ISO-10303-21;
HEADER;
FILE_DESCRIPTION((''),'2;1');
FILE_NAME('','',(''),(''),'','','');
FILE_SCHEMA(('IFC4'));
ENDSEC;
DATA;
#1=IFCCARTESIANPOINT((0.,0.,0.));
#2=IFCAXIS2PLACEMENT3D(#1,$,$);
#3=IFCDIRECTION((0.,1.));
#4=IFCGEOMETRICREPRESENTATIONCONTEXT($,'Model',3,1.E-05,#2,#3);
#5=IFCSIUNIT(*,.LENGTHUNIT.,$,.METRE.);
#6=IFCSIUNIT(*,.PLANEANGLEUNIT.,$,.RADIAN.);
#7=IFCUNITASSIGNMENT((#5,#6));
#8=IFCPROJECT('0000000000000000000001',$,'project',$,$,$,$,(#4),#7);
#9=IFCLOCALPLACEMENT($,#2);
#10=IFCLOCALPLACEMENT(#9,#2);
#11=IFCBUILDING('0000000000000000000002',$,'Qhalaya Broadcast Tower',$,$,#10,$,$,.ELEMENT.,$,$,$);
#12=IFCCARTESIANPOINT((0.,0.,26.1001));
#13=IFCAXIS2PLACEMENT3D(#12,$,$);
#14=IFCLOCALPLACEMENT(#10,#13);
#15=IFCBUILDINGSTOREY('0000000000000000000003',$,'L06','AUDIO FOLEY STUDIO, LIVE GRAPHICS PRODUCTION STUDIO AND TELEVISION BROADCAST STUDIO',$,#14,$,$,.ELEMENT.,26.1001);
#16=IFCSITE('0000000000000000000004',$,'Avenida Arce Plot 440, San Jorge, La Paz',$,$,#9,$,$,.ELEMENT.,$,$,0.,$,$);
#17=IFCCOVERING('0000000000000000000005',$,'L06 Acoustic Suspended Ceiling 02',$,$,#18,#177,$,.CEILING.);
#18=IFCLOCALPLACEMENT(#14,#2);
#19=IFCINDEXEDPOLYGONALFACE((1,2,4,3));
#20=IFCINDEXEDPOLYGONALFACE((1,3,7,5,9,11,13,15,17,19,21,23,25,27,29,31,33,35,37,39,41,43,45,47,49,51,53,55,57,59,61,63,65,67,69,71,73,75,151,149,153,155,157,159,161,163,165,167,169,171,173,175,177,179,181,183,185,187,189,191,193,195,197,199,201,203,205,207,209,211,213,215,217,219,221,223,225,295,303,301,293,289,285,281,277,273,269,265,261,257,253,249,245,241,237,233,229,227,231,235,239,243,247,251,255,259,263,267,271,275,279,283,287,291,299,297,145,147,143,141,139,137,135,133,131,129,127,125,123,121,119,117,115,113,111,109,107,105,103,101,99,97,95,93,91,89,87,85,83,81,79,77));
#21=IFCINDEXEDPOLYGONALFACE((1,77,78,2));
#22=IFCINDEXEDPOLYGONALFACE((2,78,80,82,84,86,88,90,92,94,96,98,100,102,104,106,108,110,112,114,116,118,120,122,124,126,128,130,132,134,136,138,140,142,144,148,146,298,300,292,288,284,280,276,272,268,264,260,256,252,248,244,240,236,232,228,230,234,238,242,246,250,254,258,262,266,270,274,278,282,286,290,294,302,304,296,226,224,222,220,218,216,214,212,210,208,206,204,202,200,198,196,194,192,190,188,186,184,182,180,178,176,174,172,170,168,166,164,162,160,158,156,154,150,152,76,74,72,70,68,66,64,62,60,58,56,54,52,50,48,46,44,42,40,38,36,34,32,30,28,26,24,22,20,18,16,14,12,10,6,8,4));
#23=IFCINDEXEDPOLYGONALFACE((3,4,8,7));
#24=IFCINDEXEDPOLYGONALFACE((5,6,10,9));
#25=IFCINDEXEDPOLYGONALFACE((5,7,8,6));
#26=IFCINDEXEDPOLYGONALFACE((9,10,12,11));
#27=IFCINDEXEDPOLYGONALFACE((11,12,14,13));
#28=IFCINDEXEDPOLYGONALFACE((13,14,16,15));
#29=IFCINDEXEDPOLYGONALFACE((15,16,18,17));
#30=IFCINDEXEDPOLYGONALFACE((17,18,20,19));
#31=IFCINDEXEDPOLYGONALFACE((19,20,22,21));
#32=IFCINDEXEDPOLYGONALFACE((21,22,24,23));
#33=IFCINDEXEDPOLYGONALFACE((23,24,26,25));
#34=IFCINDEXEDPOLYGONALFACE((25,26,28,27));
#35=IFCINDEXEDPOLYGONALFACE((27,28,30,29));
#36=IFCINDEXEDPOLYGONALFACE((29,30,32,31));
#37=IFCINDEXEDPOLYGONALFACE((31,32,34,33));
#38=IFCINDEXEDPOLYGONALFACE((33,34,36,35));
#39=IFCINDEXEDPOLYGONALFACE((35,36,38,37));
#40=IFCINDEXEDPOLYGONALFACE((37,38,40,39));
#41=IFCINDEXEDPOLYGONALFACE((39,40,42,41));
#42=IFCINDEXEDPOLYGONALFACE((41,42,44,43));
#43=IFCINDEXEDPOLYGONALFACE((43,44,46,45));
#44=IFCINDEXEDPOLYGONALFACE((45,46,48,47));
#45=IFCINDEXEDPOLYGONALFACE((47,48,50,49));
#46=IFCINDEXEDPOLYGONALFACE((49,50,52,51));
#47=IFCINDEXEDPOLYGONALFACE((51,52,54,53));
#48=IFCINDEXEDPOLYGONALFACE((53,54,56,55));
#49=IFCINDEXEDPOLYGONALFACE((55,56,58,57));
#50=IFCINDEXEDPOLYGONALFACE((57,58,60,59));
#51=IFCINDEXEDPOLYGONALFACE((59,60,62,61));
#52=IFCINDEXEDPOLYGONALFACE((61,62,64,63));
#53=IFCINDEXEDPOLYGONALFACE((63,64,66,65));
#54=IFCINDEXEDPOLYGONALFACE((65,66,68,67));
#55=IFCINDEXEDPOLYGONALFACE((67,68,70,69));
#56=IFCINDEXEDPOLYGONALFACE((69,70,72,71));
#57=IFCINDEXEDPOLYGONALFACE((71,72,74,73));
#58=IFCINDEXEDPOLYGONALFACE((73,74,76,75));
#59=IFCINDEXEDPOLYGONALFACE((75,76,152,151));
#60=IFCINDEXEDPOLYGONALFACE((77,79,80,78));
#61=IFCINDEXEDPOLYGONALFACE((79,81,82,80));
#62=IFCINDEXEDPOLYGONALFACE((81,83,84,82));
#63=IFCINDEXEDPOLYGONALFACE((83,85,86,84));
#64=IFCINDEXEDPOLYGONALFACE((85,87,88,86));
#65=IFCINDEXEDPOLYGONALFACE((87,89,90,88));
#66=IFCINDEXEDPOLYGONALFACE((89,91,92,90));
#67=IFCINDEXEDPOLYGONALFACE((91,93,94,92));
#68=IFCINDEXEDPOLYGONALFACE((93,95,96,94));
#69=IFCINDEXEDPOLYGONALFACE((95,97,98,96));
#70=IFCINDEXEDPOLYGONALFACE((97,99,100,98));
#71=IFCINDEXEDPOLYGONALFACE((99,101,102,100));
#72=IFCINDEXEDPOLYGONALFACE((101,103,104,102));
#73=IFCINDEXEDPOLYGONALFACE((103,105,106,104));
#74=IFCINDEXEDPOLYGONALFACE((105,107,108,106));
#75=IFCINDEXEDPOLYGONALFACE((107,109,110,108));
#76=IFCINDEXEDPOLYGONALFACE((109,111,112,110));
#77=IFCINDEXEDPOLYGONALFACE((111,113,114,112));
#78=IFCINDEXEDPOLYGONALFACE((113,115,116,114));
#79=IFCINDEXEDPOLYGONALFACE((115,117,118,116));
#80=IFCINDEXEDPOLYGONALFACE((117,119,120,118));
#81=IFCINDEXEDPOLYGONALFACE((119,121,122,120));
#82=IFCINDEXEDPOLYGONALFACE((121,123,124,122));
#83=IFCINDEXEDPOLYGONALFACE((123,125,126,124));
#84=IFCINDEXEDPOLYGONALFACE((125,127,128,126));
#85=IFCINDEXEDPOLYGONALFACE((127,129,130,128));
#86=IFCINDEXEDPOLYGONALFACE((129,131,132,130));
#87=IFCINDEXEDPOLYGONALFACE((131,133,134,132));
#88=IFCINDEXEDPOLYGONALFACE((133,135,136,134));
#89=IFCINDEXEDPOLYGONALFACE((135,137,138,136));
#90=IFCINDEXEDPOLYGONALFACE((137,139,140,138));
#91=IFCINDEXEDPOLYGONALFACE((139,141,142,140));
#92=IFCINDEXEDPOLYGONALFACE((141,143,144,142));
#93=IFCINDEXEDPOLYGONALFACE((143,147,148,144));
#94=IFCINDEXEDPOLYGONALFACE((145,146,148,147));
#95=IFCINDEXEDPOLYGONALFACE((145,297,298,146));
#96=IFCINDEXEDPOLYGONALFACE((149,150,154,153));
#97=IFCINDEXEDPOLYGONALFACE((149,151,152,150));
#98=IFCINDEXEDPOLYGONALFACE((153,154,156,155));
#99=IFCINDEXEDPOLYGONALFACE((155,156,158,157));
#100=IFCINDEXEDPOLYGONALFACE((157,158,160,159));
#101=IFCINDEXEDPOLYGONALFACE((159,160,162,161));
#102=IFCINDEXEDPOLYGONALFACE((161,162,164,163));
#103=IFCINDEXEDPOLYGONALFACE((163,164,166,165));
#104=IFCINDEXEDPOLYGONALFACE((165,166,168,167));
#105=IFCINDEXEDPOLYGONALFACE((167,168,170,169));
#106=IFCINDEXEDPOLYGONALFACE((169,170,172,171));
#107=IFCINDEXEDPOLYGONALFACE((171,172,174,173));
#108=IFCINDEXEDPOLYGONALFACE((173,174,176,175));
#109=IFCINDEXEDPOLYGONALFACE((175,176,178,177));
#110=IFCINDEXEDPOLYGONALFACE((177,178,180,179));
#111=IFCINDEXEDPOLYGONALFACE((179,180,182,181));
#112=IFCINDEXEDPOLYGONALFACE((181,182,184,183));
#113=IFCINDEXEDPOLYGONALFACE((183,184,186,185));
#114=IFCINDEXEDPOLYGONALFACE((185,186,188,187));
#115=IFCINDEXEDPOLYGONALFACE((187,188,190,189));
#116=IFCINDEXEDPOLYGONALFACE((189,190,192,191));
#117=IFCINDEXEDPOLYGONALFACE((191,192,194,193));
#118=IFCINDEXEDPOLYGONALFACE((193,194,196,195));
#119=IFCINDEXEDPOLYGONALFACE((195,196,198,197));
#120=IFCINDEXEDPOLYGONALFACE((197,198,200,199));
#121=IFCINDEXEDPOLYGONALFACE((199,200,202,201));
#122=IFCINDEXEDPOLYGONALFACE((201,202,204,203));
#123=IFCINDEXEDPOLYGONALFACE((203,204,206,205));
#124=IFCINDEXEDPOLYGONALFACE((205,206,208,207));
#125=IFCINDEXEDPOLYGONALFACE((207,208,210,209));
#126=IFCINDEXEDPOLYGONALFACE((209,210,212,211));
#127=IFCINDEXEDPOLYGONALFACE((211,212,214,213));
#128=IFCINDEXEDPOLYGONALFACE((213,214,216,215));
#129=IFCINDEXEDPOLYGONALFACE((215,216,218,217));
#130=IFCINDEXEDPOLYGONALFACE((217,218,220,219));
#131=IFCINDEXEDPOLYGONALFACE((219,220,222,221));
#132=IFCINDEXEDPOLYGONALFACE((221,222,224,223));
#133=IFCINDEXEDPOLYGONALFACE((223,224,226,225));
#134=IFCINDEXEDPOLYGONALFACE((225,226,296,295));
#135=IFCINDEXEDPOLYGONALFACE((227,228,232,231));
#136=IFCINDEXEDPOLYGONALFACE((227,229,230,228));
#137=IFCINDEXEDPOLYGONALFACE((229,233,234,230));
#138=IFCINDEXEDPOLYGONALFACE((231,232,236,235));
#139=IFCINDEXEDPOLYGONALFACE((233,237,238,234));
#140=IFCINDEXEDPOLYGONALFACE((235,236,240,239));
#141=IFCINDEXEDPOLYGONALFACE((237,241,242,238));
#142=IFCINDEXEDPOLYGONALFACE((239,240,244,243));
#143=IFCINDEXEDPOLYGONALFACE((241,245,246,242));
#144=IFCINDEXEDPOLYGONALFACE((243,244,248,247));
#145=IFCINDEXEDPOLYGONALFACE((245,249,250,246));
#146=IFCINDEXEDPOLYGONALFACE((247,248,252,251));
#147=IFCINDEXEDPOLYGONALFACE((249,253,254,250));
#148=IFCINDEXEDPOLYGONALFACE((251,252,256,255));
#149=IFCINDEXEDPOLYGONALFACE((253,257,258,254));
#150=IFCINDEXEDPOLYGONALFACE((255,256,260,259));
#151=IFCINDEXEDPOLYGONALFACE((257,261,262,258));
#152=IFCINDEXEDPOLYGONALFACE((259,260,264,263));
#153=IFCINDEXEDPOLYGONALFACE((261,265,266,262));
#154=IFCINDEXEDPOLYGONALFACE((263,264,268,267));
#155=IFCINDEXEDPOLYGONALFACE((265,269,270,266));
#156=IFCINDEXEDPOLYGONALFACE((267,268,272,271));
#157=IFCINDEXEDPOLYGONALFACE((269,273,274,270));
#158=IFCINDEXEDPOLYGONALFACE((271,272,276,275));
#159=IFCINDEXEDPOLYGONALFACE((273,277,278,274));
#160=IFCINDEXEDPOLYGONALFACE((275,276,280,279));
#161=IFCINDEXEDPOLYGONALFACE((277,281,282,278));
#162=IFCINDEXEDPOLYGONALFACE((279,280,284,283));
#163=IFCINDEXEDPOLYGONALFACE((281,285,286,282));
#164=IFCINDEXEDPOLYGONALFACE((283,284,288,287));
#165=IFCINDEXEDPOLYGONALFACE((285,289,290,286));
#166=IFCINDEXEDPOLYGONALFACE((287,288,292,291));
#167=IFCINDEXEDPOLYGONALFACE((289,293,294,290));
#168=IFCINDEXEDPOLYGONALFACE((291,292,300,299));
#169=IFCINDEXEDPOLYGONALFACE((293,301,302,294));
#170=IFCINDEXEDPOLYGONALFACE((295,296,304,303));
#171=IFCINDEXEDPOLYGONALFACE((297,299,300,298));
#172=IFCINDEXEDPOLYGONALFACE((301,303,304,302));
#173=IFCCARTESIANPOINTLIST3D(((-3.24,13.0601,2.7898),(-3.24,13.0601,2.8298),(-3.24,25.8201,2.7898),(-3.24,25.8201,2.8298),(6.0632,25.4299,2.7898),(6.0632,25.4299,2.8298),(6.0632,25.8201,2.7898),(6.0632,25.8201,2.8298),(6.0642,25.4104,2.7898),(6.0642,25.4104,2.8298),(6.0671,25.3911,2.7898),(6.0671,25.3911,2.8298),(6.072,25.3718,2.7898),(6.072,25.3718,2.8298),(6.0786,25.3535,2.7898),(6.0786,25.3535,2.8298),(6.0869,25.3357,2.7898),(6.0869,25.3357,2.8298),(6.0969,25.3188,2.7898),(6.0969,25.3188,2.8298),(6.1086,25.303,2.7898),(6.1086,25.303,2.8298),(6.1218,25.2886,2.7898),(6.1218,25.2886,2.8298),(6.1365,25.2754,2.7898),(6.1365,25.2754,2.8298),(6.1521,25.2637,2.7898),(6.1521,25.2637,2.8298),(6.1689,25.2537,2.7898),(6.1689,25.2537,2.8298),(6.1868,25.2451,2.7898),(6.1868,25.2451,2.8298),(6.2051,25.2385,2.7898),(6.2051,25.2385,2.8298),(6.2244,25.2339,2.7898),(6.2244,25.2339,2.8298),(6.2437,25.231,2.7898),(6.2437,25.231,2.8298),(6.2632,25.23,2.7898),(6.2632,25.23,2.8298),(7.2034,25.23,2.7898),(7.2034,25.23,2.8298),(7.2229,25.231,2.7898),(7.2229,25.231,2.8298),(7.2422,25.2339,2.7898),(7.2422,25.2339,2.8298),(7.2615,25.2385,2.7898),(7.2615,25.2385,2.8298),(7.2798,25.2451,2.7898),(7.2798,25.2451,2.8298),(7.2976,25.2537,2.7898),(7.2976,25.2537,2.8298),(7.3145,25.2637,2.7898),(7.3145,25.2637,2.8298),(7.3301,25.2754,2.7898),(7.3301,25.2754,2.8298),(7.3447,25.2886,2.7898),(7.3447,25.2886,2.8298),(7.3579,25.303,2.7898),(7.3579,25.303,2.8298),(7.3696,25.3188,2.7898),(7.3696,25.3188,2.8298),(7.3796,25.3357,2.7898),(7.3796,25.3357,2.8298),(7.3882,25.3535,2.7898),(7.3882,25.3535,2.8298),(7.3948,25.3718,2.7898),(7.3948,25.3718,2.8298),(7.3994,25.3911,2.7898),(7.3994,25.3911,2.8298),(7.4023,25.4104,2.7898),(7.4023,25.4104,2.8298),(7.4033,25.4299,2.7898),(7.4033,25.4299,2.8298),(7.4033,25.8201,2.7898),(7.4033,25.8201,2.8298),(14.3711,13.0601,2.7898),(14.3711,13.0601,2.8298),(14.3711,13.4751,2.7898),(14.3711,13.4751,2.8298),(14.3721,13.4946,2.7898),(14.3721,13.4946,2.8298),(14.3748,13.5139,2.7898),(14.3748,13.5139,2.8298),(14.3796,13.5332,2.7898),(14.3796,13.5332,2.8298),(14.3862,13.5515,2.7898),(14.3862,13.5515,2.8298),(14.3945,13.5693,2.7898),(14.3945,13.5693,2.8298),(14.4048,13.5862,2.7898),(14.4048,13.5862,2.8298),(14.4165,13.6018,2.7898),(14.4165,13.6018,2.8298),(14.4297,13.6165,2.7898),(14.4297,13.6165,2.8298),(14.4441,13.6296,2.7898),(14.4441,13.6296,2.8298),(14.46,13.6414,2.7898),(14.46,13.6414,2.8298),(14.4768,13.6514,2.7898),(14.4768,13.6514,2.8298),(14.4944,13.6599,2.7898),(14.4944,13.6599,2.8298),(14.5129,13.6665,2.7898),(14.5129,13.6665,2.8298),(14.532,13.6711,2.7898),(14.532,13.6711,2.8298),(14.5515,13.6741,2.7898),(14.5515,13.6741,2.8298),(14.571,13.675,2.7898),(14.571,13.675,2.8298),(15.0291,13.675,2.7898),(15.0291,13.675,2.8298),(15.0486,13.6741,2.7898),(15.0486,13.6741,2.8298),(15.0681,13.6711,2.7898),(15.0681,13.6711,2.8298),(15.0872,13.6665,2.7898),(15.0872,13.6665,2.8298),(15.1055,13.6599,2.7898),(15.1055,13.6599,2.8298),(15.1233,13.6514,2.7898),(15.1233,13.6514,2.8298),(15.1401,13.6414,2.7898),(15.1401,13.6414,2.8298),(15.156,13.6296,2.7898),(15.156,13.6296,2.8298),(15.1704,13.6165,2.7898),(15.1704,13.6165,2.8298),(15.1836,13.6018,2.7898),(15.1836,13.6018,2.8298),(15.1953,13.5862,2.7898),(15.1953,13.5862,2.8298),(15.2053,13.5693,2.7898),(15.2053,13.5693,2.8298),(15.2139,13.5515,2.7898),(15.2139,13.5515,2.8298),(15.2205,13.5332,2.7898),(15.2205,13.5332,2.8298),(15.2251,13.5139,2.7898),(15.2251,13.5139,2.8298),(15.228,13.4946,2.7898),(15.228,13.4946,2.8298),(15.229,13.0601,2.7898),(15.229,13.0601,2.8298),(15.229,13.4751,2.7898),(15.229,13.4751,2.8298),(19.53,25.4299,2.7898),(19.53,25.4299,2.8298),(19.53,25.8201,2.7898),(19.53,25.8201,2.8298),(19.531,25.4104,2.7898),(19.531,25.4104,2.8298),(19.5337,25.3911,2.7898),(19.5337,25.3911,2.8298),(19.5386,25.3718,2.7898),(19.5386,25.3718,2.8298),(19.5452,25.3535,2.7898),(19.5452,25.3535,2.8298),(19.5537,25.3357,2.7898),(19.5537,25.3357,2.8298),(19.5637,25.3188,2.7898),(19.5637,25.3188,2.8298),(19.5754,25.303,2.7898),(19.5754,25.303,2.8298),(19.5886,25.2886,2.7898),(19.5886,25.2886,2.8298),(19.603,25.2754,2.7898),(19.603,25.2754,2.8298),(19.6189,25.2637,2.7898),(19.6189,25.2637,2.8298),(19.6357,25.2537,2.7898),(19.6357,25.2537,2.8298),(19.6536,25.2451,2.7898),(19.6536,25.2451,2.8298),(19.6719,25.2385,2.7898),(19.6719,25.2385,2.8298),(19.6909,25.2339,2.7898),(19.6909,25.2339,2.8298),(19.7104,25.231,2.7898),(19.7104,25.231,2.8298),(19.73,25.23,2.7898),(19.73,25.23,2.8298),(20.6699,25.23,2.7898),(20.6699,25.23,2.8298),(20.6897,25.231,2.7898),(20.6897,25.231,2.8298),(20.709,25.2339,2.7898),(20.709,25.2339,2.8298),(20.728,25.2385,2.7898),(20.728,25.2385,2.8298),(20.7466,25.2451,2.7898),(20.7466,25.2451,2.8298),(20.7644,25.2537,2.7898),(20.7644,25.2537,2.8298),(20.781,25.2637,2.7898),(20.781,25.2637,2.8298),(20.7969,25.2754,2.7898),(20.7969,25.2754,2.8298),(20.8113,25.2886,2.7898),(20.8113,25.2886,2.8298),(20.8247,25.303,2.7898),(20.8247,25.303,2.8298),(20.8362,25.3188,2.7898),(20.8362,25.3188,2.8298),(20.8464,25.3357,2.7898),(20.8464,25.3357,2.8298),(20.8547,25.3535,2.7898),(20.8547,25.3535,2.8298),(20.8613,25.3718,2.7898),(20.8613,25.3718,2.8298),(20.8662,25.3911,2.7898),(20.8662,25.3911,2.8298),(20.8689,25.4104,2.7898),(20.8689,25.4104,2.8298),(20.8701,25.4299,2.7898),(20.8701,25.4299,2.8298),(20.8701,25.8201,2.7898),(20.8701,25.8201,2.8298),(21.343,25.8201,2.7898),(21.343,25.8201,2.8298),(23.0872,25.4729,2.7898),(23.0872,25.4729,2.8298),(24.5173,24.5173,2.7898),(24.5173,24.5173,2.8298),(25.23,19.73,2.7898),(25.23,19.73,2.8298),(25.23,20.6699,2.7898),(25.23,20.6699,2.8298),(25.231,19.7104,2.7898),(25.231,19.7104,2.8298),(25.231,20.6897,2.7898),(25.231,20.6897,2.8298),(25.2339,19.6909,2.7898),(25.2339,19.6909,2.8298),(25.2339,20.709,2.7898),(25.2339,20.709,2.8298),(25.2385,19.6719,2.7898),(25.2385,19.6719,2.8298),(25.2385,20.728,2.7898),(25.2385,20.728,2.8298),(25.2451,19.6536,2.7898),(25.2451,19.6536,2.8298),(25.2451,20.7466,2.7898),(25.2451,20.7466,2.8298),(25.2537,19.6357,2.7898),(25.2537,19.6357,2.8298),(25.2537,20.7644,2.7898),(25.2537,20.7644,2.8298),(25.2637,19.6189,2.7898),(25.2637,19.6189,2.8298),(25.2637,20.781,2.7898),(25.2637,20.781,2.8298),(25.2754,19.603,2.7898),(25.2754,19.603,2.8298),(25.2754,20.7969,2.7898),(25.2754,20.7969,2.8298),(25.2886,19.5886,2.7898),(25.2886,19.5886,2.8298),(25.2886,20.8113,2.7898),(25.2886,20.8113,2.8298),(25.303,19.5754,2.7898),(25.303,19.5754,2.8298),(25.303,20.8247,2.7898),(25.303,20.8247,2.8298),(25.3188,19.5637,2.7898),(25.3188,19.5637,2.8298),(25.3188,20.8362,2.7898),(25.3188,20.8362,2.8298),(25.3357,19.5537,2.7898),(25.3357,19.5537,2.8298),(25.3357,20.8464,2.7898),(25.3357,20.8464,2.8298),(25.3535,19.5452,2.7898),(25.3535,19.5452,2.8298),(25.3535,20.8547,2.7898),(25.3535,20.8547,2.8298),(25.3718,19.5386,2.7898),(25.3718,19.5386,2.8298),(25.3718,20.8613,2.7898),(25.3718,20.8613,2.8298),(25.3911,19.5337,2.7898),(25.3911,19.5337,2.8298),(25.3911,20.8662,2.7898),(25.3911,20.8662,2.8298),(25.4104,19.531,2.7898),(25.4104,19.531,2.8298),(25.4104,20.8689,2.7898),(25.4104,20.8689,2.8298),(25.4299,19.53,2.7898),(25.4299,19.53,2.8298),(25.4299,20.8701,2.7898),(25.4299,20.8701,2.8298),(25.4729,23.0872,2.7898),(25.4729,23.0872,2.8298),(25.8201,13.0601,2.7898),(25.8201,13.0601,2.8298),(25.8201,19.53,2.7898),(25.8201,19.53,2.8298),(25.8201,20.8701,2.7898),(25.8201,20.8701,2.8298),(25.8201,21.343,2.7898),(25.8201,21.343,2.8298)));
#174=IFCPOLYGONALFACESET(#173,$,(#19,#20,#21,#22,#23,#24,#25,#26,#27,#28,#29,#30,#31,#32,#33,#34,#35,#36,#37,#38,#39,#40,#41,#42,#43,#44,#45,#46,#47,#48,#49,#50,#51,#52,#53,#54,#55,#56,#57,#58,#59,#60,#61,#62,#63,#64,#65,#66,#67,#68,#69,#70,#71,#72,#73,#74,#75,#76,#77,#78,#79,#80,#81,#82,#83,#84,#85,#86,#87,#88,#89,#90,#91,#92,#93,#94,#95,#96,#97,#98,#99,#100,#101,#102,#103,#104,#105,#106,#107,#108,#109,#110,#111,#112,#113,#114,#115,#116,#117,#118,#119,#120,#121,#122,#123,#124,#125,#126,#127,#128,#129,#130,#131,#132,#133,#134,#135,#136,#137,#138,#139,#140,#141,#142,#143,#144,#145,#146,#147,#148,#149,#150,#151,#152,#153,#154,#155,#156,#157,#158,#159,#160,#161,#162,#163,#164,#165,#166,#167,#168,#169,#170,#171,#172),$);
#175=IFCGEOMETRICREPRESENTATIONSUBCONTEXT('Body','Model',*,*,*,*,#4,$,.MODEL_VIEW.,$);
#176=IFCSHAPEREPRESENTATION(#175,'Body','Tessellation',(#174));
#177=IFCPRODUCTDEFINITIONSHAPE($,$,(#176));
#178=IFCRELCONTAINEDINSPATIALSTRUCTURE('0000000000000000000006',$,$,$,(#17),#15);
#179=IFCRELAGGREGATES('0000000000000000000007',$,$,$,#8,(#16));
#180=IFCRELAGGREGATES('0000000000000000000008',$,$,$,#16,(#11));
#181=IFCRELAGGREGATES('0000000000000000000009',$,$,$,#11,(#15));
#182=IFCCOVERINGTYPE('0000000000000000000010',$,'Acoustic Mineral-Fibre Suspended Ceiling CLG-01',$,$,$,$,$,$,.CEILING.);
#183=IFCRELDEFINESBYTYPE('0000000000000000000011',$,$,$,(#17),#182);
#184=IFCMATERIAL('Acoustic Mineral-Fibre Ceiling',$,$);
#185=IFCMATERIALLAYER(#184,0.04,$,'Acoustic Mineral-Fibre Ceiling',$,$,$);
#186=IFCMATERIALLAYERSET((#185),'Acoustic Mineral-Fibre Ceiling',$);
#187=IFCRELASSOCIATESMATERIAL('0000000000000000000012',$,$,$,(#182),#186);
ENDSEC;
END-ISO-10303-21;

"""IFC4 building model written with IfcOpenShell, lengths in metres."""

from ifc_helpers import new_model, si_unit, direction, frame, origin, place, context, subcontext, project, spatial, polyline, outline, extrude, material, layer, layer_set, type_object, element, save


model = new_model("IFC4")

# Units and contexts
model_context = context("Model", 3, precision=1e-05, world=origin(), true_north=direction((0.0, 1.0)))
body_context = subcontext(model_context, "Body", "Model", "MODEL_VIEW")
ifc_project = project(units=[si_unit("LENGTHUNIT", "METRE"), si_unit("PLANEANGLEUNIT", "RADIAN")], contexts=[model_context])

# Site, building, storey
site_placement = place(None, origin())
site = spatial("IfcSite", under=ifc_project, at=site_placement, Name="Avenida Arce Plot 440, San Jorge, La Paz", CompositionType="ELEMENT", RefElevation=0.0)
building_placement = place(site_placement, origin())
building = spatial("IfcBuilding", under=site, at=building_placement, Name="Qhalaya Broadcast Tower", CompositionType="ELEMENT")
storey_placement = place(building_placement, frame((0.0, 0.0, 26.1001)))
storey = spatial("IfcBuildingStorey", under=building, at=storey_placement, Name="L06", Description="AUDIO FOLEY STUDIO, LIVE GRAPHICS PRODUCTION STUDIO AND TELEVISION BROADCAST STUDIO", CompositionType="ELEMENT", Elevation=26.1001)

# Covering
ifc_material_1 = material(Name="Acoustic Mineral-Fibre Ceiling")
ifc_layer_1 = layer(ifc_material_1, 0.04, Name="Acoustic Mineral-Fibre Ceiling")
ifc_layer_set_1 = layer_set([ifc_layer_1], Name="Acoustic Mineral-Fibre Ceiling")
covering_type = type_object("IfcCoveringType", Name="Acoustic Mineral-Fibre Suspended Ceiling CLG-01", PredefinedType="CEILING", material=ifc_layer_set_1)
covering_1_placement = place(storey_placement, frame((0.0, 0.0, 2.7898)))
element("IfcCovering", 1, at=covering_1_placement, inside=storey, type_object=covering_type, Name="L06 Acoustic Suspended Ceiling 02", PredefinedType="CEILING", context=body_context, shape_type="SweptSolid", body=[
    extrude(outline(polyline([(6.0632, 25.8201), (-3.24, 25.8201), (-3.24, 13.0601), (14.3711, 13.0601), (14.3711, 13.4751), (14.3721, 13.4946), (14.3748, 13.5139), (14.3796, 13.5332), (14.3862, 13.5515), (14.3945, 13.5693), (14.4048, 13.5862), (14.4165, 13.6018), (14.4297, 13.6165), (14.4441, 13.6296), (14.46, 13.6414), (14.4768, 13.6514), (14.4944, 13.6599), (14.5129, 13.6665), (14.532, 13.6711), (14.5515, 13.6741), (14.571, 13.675), (15.0291, 13.675), (15.0486, 13.6741), (15.0681, 13.6711), (15.0872, 13.6665), (15.1055, 13.6599), (15.1233, 13.6514), (15.1401, 13.6414), (15.156, 13.6296), (15.1704, 13.6165), (15.1836, 13.6018), (15.1953, 13.5862), (15.2053, 13.5693), (15.2139, 13.5515), (15.2205, 13.5332), (15.2251, 13.5139), (15.228, 13.4946), (15.229, 13.4751), (15.229, 13.0601), (25.8201, 13.0601), (25.8201, 19.53), (25.4299, 19.53), (25.4104, 19.531), (25.3911, 19.5337), (25.3718, 19.5386), (25.3535, 19.5452), (25.3357, 19.5537), (25.3188, 19.5637), (25.303, 19.5754), (25.2886, 19.5886), (25.2754, 19.603), (25.2637, 19.6189), (25.2537, 19.6357), (25.2451, 19.6536), (25.2385, 19.6719), (25.2339, 19.6909), (25.231, 19.7104), (25.23, 19.73), (25.23, 20.6699), (25.231, 20.6897), (25.2339, 20.709), (25.2385, 20.728), (25.2451, 20.7466), (25.2537, 20.7644), (25.2637, 20.781), (25.2754, 20.7969), (25.2886, 20.8113), (25.303, 20.8247), (25.3188, 20.8362), (25.3357, 20.8464), (25.3535, 20.8547), (25.3718, 20.8613), (25.3911, 20.8662), (25.4104, 20.8689), (25.4299, 20.8701), (25.8201, 20.8701), (25.8201, 21.343), (25.4729, 23.0872), (24.5173, 24.5173), (23.0872, 25.4729), (21.343, 25.8201), (20.8701, 25.8201), (20.8701, 25.4299), (20.8689, 25.4104), (20.8662, 25.3911), (20.8613, 25.3718), (20.8547, 25.3535), (20.8464, 25.3357), (20.8362, 25.3188), (20.8247, 25.303), (20.8113, 25.2886), (20.7969, 25.2754), (20.781, 25.2637), (20.7644, 25.2537), (20.7466, 25.2451), (20.728, 25.2385), (20.709, 25.2339), (20.6897, 25.231), (20.6699, 25.23), (19.73, 25.23), (19.7104, 25.231), (19.6909, 25.2339), (19.6719, 25.2385), (19.6536, 25.2451), (19.6357, 25.2537), (19.6189, 25.2637), (19.603, 25.2754), (19.5886, 25.2886), (19.5754, 25.303), (19.5637, 25.3188), (19.5537, 25.3357), (19.5452, 25.3535), (19.5386, 25.3718), (19.5337, 25.3911), (19.531, 25.4104), (19.53, 25.4299), (19.53, 25.8201), (7.4033, 25.8201), (7.4033, 25.4299), (7.4023, 25.4104), (7.3994, 25.3911), (7.3948, 25.3718), (7.3882, 25.3535), (7.3796, 25.3357), (7.3696, 25.3188), (7.3579, 25.303), (7.3447, 25.2886), (7.3301, 25.2754), (7.3145, 25.2637), (7.2976, 25.2537), (7.2798, 25.2451), (7.2615, 25.2385), (7.2422, 25.2339), (7.2229, 25.231), (7.2034, 25.23), (6.2632, 25.23), (6.2437, 25.231), (6.2244, 25.2339), (6.2051, 25.2385), (6.1868, 25.2451), (6.1689, 25.2537), (6.1521, 25.2637), (6.1365, 25.2754), (6.1218, 25.2886), (6.1086, 25.303), (6.0969, 25.3188), (6.0869, 25.3357), (6.0786, 25.3535), (6.072, 25.3718), (6.0671, 25.3911), (6.0642, 25.4104), (6.0632, 25.4299), (6.0632, 25.8201)])), origin(), (0.0, 0.0, 1.0), 0.04),
])

save(model, "model.ifc")
